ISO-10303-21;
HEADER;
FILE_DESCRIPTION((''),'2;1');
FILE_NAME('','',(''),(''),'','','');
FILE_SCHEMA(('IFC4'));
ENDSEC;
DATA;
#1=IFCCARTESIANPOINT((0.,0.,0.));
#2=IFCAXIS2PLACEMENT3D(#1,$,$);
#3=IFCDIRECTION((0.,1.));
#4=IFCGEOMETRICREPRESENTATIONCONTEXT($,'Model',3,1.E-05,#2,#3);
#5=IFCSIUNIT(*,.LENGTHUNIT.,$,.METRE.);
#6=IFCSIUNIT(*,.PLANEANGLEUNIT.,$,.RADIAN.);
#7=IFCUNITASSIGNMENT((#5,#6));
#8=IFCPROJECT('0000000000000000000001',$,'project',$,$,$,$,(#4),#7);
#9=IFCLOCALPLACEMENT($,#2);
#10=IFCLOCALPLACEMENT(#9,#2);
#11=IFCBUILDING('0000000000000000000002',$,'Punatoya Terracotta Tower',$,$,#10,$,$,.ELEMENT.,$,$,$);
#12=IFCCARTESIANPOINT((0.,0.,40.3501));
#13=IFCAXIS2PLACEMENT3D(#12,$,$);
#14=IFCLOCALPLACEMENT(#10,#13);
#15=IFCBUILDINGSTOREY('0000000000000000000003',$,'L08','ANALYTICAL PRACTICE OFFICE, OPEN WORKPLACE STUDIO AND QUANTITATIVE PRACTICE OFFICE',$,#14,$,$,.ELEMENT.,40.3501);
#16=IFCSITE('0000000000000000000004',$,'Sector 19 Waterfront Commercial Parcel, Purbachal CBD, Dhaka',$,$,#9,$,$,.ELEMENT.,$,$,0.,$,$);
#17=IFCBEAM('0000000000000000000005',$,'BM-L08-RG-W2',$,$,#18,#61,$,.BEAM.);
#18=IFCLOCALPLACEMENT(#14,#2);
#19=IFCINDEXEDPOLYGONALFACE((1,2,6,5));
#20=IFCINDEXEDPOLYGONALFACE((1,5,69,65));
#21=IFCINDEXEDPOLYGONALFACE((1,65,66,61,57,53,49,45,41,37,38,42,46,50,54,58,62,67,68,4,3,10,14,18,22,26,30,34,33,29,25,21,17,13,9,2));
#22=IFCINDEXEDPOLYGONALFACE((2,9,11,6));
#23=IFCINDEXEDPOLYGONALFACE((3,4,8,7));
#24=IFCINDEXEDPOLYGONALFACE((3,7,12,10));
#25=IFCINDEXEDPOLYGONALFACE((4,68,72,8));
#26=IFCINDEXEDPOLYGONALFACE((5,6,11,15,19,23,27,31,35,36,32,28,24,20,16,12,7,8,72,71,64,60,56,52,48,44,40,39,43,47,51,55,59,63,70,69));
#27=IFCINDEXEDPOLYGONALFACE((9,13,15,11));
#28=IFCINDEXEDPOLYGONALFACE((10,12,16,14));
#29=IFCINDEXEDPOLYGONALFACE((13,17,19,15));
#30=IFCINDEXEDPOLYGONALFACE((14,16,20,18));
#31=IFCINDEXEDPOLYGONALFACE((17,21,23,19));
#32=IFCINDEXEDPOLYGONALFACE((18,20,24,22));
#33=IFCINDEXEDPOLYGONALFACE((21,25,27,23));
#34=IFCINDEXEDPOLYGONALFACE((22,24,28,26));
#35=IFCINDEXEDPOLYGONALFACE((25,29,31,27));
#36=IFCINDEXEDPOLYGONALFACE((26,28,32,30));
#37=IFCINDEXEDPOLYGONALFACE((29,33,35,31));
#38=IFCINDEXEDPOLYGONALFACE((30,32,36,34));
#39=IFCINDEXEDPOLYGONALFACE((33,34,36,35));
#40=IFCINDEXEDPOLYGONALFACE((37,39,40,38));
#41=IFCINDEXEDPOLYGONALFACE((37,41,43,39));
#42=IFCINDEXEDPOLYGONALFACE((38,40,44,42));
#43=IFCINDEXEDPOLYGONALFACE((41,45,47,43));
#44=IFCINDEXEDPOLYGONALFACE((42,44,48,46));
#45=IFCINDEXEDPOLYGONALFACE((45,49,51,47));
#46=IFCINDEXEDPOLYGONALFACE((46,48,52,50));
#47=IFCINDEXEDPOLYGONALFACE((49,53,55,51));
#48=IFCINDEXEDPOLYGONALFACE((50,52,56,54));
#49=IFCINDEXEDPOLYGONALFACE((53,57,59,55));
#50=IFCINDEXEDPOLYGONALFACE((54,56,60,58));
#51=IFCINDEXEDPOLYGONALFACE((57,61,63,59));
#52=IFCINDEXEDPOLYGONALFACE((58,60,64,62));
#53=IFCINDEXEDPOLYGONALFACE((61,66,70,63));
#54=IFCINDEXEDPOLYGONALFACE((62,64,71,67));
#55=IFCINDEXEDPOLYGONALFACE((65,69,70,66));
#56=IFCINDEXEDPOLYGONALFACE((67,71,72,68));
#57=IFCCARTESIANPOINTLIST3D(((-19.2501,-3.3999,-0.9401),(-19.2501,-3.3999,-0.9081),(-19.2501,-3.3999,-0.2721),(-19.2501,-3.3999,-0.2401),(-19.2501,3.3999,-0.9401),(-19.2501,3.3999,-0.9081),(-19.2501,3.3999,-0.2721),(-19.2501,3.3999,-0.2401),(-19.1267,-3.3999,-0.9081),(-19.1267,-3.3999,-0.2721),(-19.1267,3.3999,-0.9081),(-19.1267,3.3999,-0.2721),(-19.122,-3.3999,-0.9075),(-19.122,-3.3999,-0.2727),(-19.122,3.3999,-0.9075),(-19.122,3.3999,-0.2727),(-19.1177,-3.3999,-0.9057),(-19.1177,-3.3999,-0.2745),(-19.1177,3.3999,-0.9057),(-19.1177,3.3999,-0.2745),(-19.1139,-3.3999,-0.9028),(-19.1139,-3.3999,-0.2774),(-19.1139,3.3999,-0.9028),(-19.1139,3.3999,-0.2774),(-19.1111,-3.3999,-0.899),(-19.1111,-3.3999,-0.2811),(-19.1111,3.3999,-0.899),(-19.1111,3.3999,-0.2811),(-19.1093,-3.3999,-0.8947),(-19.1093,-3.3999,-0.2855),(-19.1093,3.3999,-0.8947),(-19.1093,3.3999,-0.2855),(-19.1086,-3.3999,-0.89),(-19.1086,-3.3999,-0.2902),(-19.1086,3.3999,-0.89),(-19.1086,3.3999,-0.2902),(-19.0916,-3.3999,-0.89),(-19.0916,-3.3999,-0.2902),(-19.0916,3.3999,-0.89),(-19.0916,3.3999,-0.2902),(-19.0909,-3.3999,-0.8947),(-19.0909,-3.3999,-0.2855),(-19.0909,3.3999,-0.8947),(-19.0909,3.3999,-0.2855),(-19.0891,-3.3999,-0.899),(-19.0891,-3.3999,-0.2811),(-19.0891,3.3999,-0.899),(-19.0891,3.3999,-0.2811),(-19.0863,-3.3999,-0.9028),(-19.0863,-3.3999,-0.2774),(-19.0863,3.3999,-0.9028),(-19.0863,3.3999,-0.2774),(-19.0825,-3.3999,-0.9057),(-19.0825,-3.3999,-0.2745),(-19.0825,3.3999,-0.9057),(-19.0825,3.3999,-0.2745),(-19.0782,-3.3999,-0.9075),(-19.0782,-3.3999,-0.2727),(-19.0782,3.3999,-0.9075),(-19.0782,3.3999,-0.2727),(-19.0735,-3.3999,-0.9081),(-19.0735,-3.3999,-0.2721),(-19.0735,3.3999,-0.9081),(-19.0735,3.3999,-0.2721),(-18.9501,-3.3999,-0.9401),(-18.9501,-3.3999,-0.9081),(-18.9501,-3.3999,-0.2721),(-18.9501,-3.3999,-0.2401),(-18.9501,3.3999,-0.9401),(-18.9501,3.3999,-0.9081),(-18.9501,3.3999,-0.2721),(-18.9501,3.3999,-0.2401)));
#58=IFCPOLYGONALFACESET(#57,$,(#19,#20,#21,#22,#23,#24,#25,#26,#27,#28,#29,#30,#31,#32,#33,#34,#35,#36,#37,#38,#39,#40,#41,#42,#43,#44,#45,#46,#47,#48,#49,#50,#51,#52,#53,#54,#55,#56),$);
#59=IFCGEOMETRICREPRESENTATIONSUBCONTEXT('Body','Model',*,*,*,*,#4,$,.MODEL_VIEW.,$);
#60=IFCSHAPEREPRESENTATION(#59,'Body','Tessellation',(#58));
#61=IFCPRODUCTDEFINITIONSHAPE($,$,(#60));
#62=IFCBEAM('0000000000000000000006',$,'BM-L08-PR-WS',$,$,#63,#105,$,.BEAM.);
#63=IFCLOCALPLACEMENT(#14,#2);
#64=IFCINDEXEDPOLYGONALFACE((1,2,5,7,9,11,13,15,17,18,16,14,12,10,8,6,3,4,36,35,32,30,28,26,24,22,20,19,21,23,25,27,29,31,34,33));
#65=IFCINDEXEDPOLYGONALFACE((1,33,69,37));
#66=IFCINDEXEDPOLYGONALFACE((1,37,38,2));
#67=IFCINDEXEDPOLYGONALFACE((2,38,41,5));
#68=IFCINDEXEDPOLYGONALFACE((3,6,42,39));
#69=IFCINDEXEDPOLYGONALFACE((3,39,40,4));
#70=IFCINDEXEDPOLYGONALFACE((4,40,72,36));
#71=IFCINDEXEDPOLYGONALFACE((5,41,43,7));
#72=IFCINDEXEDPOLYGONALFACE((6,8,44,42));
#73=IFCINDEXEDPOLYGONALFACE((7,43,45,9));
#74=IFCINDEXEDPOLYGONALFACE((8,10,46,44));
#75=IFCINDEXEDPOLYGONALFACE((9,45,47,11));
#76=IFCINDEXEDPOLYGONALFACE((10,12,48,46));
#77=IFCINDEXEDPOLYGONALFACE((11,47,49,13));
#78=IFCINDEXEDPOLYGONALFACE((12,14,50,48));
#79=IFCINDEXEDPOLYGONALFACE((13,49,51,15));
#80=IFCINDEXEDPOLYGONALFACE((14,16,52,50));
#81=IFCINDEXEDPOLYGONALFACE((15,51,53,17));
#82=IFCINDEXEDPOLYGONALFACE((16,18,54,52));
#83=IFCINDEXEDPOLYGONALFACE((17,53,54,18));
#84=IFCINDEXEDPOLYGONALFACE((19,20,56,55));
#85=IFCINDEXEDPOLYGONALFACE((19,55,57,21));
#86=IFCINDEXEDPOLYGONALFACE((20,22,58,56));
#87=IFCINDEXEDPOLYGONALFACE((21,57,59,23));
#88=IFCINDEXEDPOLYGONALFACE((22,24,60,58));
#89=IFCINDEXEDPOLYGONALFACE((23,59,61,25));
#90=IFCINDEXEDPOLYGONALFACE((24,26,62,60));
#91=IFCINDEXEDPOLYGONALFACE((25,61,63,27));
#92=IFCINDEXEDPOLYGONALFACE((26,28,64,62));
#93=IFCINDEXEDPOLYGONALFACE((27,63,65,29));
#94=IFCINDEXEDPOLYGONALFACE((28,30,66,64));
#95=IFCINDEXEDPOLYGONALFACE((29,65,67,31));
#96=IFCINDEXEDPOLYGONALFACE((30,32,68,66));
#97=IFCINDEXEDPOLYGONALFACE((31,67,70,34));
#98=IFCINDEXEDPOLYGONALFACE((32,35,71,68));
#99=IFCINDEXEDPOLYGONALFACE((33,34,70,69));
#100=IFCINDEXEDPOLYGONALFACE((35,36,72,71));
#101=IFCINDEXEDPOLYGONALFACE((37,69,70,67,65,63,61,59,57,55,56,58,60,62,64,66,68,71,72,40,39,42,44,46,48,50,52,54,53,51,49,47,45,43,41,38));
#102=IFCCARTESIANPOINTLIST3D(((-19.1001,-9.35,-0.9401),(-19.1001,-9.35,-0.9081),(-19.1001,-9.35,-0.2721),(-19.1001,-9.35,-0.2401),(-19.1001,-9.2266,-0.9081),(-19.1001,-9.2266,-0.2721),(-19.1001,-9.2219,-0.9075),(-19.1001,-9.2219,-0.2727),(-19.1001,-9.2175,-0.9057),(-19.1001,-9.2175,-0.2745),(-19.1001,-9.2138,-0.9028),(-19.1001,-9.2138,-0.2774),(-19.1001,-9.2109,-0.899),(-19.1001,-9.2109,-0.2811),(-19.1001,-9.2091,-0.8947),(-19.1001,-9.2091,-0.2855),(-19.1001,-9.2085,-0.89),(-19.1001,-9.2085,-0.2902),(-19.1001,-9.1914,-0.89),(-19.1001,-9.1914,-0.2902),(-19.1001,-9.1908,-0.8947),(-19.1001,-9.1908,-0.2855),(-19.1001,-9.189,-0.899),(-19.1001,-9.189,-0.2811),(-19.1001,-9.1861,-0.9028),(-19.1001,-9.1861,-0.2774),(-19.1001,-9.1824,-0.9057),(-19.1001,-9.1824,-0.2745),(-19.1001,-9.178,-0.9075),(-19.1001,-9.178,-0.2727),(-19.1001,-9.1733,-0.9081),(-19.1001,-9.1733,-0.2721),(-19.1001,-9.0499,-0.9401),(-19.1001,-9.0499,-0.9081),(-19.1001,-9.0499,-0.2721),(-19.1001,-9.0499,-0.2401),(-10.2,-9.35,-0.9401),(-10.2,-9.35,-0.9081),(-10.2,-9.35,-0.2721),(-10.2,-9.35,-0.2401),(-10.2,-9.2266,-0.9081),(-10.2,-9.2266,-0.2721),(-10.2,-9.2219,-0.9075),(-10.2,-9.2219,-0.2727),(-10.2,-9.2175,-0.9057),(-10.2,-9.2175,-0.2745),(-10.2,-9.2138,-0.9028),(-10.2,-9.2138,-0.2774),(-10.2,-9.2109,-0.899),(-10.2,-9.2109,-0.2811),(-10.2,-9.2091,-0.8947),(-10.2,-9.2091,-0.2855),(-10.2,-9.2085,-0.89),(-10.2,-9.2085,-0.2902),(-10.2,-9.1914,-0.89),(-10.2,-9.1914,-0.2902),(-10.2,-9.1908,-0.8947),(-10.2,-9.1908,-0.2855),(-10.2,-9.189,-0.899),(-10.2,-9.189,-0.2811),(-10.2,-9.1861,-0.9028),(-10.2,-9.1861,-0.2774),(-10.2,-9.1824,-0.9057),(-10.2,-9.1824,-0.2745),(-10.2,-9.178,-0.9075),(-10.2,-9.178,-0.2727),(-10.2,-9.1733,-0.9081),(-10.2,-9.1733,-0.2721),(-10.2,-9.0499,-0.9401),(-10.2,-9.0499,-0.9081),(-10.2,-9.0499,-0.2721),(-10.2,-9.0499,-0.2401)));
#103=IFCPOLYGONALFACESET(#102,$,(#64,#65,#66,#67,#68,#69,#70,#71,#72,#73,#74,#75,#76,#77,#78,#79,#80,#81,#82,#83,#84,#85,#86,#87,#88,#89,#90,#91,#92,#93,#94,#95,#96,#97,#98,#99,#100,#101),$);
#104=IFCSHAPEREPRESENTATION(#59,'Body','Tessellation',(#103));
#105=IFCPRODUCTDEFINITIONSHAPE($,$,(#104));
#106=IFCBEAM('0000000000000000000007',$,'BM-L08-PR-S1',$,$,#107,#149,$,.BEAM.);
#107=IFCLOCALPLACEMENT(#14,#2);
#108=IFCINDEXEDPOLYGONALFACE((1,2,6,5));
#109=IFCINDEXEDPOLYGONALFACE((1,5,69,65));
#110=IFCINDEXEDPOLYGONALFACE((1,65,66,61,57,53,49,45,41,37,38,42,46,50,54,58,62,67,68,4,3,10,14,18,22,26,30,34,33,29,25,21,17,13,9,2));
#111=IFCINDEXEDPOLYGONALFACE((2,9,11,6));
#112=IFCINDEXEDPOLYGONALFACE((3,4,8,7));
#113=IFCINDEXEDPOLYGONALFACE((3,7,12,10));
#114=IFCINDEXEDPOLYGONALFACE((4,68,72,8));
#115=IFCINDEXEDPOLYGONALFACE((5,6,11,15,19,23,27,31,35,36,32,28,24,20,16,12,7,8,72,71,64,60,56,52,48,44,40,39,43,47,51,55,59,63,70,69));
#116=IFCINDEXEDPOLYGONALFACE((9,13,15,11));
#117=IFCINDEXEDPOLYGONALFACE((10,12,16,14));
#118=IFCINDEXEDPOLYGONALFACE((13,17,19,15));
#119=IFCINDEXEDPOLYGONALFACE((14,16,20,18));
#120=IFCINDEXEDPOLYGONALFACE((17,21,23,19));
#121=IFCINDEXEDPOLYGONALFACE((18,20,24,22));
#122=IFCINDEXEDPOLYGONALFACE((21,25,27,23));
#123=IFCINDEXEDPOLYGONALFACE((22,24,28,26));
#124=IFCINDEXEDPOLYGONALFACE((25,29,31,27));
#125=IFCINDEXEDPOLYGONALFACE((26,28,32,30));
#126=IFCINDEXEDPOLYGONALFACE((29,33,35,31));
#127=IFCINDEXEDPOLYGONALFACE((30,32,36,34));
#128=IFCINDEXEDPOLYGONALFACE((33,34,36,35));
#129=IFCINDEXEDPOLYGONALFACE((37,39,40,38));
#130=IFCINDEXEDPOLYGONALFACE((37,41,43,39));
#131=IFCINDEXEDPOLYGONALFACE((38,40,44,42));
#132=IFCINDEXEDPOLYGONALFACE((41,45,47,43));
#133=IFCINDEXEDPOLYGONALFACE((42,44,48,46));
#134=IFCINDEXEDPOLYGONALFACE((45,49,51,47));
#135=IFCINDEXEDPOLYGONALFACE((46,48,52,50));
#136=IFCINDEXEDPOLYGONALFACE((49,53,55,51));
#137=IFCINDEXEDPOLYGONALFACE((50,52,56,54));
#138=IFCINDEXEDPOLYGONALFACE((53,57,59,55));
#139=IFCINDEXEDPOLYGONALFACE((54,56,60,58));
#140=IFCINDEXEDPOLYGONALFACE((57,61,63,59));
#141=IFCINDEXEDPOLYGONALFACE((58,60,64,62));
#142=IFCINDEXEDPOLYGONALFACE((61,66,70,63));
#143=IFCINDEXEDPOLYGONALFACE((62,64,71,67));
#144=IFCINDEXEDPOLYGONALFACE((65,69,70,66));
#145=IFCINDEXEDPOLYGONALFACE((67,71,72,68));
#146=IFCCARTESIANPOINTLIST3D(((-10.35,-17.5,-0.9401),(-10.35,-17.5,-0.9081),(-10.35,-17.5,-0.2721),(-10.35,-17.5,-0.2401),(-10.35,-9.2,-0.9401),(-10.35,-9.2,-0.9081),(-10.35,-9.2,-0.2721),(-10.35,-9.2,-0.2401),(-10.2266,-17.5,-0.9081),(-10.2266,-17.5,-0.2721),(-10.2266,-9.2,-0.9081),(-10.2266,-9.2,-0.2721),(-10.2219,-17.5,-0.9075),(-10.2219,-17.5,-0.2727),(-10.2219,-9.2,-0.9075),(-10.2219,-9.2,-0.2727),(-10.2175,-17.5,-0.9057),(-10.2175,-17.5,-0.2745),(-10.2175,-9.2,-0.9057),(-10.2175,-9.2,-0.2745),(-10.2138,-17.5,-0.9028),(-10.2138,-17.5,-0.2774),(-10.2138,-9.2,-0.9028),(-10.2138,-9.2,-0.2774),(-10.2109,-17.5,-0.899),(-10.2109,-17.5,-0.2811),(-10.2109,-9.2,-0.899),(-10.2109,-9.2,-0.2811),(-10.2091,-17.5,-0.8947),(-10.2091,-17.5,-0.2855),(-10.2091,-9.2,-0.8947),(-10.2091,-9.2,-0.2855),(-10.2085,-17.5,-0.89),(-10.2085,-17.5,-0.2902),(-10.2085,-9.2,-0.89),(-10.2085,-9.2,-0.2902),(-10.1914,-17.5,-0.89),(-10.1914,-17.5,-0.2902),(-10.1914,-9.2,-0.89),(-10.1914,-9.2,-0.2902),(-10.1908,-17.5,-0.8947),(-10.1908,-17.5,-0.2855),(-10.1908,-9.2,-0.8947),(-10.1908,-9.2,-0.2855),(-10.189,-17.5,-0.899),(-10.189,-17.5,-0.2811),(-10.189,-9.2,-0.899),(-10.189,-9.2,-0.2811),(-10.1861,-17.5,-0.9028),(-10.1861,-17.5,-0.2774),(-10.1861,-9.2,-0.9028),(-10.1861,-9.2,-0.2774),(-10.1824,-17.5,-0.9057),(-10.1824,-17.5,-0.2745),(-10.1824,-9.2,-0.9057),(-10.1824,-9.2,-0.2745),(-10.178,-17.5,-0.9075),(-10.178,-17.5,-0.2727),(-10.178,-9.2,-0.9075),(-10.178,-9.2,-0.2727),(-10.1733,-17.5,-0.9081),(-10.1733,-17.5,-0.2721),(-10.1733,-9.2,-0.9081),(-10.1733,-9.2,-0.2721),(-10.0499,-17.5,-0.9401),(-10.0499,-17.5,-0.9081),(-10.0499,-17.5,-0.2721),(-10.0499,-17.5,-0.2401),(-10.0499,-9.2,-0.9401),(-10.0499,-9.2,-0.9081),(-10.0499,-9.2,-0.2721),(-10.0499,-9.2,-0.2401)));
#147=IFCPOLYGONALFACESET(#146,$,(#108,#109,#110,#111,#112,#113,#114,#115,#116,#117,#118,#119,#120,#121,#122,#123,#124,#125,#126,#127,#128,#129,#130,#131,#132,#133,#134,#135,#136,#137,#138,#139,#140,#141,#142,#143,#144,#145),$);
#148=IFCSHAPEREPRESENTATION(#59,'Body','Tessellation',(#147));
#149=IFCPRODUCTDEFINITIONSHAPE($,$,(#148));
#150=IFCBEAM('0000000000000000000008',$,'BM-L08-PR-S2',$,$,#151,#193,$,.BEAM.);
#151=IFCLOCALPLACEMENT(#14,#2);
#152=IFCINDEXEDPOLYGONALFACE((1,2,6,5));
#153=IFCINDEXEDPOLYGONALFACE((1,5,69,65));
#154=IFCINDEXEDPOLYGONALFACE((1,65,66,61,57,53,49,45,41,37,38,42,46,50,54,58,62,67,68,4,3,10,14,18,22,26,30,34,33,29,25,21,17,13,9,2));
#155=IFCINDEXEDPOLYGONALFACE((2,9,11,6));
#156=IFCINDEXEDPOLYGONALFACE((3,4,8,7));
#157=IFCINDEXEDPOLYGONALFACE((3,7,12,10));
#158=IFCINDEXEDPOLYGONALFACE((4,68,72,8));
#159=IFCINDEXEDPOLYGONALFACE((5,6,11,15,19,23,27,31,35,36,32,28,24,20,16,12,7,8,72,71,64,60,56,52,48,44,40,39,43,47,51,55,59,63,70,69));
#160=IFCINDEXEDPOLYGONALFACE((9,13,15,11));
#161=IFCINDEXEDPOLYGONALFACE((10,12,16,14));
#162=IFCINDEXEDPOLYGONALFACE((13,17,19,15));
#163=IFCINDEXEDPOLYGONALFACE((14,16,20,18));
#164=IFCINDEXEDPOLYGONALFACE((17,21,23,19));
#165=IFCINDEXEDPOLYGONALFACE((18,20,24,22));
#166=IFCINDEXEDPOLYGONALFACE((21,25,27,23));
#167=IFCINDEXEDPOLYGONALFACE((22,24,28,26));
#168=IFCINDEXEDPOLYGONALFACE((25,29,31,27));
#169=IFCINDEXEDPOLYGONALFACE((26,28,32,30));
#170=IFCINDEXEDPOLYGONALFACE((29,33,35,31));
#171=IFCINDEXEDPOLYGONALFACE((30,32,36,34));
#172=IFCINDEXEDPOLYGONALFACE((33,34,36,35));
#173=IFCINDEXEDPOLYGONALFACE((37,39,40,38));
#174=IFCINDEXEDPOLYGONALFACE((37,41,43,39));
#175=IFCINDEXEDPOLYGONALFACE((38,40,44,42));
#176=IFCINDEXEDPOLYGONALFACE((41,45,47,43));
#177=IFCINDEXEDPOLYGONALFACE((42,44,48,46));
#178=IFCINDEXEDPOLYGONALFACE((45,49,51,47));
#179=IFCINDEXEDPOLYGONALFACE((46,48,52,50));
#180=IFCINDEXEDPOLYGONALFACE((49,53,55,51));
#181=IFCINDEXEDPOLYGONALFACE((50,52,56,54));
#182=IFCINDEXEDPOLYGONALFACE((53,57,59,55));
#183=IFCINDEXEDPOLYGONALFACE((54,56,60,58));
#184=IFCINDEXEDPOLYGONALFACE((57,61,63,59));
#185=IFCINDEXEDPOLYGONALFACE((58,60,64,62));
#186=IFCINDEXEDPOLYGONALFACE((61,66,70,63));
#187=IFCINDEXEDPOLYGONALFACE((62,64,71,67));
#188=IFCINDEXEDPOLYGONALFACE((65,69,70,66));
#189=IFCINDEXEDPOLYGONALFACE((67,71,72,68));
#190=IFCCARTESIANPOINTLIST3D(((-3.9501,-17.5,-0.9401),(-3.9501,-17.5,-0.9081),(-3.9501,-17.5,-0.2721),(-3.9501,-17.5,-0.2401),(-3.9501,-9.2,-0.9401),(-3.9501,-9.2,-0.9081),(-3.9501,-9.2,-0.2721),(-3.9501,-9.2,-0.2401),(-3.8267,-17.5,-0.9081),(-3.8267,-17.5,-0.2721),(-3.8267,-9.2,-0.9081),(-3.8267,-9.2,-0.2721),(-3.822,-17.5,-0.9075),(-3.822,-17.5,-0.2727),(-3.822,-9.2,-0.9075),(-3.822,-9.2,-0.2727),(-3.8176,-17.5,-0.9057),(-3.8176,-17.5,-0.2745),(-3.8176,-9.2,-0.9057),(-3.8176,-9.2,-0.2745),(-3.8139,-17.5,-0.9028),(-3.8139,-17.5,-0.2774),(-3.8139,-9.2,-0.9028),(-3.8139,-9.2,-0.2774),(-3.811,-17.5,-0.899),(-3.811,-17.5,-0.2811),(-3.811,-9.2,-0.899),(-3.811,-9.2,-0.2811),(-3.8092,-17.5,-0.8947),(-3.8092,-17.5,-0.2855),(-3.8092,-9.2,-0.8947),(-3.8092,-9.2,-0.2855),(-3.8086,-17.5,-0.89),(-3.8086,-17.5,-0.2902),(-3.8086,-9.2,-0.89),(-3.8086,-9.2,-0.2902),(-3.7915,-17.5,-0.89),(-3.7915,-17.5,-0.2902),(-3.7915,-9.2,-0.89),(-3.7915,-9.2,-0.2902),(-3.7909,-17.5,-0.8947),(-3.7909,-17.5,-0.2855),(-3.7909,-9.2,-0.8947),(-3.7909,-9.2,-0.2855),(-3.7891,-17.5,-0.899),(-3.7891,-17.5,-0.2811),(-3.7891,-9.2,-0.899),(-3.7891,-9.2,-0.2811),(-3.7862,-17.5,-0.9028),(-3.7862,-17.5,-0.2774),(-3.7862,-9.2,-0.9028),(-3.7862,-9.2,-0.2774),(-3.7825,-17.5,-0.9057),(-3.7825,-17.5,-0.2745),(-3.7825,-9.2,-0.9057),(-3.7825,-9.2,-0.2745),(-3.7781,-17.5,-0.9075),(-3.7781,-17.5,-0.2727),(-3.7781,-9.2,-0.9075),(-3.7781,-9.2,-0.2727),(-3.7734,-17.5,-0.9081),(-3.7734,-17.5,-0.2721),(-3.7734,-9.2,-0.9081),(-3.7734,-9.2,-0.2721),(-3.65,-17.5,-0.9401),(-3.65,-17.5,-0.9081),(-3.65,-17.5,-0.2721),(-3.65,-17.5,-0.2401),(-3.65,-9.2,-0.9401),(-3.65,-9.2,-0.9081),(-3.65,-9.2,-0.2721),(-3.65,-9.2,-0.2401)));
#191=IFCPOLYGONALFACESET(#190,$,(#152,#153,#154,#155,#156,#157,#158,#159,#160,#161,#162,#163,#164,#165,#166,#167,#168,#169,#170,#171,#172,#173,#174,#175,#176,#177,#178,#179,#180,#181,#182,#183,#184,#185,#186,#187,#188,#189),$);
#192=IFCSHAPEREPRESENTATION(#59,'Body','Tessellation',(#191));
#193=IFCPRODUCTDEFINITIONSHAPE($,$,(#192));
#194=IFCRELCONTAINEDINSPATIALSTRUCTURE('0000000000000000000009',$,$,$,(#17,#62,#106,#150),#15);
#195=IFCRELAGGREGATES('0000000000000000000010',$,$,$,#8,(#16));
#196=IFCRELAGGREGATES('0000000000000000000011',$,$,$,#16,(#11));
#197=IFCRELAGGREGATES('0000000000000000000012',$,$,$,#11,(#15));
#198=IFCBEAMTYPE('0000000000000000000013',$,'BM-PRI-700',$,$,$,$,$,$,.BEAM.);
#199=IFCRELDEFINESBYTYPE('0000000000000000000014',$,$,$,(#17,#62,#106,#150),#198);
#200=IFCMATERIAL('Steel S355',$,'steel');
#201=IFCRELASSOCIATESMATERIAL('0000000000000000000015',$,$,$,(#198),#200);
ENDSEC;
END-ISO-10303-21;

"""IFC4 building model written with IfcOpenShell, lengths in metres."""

from ifc_helpers import new_model, si_unit, direction, frame, origin, origin_2d, place, context, subcontext, project, spatial, i_section, extrude, material, material_profile, profile_set, type_object, element, save


model = new_model("IFC4")

# Units and contexts
model_context = context("Model", 3, precision=1e-05, world=origin(), true_north=direction((0.0, 1.0)))
body_context = subcontext(model_context, "Body", "Model", "MODEL_VIEW")
ifc_project = project(units=[si_unit("LENGTHUNIT", "METRE"), si_unit("PLANEANGLEUNIT", "RADIAN")], contexts=[model_context])

# Site, building, storey
site_placement = place(None, origin())
site = spatial("IfcSite", under=ifc_project, at=site_placement, Name="Sector 19 Waterfront Commercial Parcel, Purbachal CBD, Dhaka", CompositionType="ELEMENT", RefElevation=0.0)
building_placement = place(site_placement, origin())
building = spatial("IfcBuilding", under=site, at=building_placement, Name="Punatoya Terracotta Tower", CompositionType="ELEMENT")
storey_placement = place(building_placement, frame((0.0, 0.0, 40.3501)))
storey = spatial("IfcBuildingStorey", under=building, at=storey_placement, Name="L08", Description="ANALYTICAL PRACTICE OFFICE, OPEN WORKPLACE STUDIO AND QUANTITATIVE PRACTICE OFFICE", CompositionType="ELEMENT", Elevation=40.3501)

# Beams
ifc_material_1 = material(Name="Steel S355", Category="steel")
ifc_material_profile_1 = material_profile(ifc_material_1, i_section(OverallWidth=0.3, OverallDepth=0.7, WebThickness=0.0171, FlangeThickness=0.032, FilletRadius=0.0181, at=origin_2d()))
ifc_profile_set_1 = profile_set([ifc_material_profile_1], Name="Steel S355")
beam_type_1 = type_object("IfcBeamType", Name="BM-PRI-700", PredefinedType="BEAM", material=ifc_profile_set_1)
beam_1_placement = place(storey_placement, frame((-19.1001, -3.3999, -0.5901), z_axis=(0.0, 1.0, 0.0), x_axis=(-1.0, 0.0, 0.0)))
element("IfcBeam", 1, at=beam_1_placement, inside=storey, type_object=beam_type_1, Name="BM-L08-RG-W2", PredefinedType="BEAM", context=body_context, shape_type="SweptSolid", body=[
    extrude(i_section(OverallWidth=0.3, OverallDepth=0.7, WebThickness=0.0171, FlangeThickness=0.032, FilletRadius=0.0181, at=origin_2d()), origin(), (0.0, 0.0, 1.0), 6.7998),
])
beam_2_placement = place(storey_placement, frame((-19.1001, -9.2, -0.5901), z_axis=(1.0, 0.0, 0.0), x_axis=(0.0, 1.0, 0.0)))
element("IfcBeam", 2, at=beam_2_placement, inside=storey, type_object=beam_type_1, Name="BM-L08-PR-WS", PredefinedType="BEAM", context=body_context, shape_type="SweptSolid", body=[
    extrude(i_section(OverallWidth=0.3, OverallDepth=0.7, WebThickness=0.0171, FlangeThickness=0.032, FilletRadius=0.0181, at=origin_2d()), origin(), (0.0, 0.0, 1.0), 8.9001),
])
for number, where, z_axis, x_axis, name in (
    (3, (-10.2, -17.5, -0.5901), (0.0, 1.0, 0.0), (-1.0, 0.0, 0.0), "BM-L08-PR-S1"),
    (4, (-3.8, -17.5, -0.5901), (0.0, 1.0, 0.0), (-1.0, 0.0, 0.0), "BM-L08-PR-S2"),
):
    element("IfcBeam", number, at=place(storey_placement, frame(where, z_axis=z_axis, x_axis=x_axis)), inside=storey, type_object=beam_type_1, Name=name, PredefinedType="BEAM", context=body_context, shape_type="SweptSolid", body=[
        extrude(i_section(OverallWidth=0.3, OverallDepth=0.7, WebThickness=0.0171, FlangeThickness=0.032, FilletRadius=0.0181, at=origin_2d()), origin(), (0.0, 0.0, 1.0), 8.3),
    ])

save(model, "model.ifc")
